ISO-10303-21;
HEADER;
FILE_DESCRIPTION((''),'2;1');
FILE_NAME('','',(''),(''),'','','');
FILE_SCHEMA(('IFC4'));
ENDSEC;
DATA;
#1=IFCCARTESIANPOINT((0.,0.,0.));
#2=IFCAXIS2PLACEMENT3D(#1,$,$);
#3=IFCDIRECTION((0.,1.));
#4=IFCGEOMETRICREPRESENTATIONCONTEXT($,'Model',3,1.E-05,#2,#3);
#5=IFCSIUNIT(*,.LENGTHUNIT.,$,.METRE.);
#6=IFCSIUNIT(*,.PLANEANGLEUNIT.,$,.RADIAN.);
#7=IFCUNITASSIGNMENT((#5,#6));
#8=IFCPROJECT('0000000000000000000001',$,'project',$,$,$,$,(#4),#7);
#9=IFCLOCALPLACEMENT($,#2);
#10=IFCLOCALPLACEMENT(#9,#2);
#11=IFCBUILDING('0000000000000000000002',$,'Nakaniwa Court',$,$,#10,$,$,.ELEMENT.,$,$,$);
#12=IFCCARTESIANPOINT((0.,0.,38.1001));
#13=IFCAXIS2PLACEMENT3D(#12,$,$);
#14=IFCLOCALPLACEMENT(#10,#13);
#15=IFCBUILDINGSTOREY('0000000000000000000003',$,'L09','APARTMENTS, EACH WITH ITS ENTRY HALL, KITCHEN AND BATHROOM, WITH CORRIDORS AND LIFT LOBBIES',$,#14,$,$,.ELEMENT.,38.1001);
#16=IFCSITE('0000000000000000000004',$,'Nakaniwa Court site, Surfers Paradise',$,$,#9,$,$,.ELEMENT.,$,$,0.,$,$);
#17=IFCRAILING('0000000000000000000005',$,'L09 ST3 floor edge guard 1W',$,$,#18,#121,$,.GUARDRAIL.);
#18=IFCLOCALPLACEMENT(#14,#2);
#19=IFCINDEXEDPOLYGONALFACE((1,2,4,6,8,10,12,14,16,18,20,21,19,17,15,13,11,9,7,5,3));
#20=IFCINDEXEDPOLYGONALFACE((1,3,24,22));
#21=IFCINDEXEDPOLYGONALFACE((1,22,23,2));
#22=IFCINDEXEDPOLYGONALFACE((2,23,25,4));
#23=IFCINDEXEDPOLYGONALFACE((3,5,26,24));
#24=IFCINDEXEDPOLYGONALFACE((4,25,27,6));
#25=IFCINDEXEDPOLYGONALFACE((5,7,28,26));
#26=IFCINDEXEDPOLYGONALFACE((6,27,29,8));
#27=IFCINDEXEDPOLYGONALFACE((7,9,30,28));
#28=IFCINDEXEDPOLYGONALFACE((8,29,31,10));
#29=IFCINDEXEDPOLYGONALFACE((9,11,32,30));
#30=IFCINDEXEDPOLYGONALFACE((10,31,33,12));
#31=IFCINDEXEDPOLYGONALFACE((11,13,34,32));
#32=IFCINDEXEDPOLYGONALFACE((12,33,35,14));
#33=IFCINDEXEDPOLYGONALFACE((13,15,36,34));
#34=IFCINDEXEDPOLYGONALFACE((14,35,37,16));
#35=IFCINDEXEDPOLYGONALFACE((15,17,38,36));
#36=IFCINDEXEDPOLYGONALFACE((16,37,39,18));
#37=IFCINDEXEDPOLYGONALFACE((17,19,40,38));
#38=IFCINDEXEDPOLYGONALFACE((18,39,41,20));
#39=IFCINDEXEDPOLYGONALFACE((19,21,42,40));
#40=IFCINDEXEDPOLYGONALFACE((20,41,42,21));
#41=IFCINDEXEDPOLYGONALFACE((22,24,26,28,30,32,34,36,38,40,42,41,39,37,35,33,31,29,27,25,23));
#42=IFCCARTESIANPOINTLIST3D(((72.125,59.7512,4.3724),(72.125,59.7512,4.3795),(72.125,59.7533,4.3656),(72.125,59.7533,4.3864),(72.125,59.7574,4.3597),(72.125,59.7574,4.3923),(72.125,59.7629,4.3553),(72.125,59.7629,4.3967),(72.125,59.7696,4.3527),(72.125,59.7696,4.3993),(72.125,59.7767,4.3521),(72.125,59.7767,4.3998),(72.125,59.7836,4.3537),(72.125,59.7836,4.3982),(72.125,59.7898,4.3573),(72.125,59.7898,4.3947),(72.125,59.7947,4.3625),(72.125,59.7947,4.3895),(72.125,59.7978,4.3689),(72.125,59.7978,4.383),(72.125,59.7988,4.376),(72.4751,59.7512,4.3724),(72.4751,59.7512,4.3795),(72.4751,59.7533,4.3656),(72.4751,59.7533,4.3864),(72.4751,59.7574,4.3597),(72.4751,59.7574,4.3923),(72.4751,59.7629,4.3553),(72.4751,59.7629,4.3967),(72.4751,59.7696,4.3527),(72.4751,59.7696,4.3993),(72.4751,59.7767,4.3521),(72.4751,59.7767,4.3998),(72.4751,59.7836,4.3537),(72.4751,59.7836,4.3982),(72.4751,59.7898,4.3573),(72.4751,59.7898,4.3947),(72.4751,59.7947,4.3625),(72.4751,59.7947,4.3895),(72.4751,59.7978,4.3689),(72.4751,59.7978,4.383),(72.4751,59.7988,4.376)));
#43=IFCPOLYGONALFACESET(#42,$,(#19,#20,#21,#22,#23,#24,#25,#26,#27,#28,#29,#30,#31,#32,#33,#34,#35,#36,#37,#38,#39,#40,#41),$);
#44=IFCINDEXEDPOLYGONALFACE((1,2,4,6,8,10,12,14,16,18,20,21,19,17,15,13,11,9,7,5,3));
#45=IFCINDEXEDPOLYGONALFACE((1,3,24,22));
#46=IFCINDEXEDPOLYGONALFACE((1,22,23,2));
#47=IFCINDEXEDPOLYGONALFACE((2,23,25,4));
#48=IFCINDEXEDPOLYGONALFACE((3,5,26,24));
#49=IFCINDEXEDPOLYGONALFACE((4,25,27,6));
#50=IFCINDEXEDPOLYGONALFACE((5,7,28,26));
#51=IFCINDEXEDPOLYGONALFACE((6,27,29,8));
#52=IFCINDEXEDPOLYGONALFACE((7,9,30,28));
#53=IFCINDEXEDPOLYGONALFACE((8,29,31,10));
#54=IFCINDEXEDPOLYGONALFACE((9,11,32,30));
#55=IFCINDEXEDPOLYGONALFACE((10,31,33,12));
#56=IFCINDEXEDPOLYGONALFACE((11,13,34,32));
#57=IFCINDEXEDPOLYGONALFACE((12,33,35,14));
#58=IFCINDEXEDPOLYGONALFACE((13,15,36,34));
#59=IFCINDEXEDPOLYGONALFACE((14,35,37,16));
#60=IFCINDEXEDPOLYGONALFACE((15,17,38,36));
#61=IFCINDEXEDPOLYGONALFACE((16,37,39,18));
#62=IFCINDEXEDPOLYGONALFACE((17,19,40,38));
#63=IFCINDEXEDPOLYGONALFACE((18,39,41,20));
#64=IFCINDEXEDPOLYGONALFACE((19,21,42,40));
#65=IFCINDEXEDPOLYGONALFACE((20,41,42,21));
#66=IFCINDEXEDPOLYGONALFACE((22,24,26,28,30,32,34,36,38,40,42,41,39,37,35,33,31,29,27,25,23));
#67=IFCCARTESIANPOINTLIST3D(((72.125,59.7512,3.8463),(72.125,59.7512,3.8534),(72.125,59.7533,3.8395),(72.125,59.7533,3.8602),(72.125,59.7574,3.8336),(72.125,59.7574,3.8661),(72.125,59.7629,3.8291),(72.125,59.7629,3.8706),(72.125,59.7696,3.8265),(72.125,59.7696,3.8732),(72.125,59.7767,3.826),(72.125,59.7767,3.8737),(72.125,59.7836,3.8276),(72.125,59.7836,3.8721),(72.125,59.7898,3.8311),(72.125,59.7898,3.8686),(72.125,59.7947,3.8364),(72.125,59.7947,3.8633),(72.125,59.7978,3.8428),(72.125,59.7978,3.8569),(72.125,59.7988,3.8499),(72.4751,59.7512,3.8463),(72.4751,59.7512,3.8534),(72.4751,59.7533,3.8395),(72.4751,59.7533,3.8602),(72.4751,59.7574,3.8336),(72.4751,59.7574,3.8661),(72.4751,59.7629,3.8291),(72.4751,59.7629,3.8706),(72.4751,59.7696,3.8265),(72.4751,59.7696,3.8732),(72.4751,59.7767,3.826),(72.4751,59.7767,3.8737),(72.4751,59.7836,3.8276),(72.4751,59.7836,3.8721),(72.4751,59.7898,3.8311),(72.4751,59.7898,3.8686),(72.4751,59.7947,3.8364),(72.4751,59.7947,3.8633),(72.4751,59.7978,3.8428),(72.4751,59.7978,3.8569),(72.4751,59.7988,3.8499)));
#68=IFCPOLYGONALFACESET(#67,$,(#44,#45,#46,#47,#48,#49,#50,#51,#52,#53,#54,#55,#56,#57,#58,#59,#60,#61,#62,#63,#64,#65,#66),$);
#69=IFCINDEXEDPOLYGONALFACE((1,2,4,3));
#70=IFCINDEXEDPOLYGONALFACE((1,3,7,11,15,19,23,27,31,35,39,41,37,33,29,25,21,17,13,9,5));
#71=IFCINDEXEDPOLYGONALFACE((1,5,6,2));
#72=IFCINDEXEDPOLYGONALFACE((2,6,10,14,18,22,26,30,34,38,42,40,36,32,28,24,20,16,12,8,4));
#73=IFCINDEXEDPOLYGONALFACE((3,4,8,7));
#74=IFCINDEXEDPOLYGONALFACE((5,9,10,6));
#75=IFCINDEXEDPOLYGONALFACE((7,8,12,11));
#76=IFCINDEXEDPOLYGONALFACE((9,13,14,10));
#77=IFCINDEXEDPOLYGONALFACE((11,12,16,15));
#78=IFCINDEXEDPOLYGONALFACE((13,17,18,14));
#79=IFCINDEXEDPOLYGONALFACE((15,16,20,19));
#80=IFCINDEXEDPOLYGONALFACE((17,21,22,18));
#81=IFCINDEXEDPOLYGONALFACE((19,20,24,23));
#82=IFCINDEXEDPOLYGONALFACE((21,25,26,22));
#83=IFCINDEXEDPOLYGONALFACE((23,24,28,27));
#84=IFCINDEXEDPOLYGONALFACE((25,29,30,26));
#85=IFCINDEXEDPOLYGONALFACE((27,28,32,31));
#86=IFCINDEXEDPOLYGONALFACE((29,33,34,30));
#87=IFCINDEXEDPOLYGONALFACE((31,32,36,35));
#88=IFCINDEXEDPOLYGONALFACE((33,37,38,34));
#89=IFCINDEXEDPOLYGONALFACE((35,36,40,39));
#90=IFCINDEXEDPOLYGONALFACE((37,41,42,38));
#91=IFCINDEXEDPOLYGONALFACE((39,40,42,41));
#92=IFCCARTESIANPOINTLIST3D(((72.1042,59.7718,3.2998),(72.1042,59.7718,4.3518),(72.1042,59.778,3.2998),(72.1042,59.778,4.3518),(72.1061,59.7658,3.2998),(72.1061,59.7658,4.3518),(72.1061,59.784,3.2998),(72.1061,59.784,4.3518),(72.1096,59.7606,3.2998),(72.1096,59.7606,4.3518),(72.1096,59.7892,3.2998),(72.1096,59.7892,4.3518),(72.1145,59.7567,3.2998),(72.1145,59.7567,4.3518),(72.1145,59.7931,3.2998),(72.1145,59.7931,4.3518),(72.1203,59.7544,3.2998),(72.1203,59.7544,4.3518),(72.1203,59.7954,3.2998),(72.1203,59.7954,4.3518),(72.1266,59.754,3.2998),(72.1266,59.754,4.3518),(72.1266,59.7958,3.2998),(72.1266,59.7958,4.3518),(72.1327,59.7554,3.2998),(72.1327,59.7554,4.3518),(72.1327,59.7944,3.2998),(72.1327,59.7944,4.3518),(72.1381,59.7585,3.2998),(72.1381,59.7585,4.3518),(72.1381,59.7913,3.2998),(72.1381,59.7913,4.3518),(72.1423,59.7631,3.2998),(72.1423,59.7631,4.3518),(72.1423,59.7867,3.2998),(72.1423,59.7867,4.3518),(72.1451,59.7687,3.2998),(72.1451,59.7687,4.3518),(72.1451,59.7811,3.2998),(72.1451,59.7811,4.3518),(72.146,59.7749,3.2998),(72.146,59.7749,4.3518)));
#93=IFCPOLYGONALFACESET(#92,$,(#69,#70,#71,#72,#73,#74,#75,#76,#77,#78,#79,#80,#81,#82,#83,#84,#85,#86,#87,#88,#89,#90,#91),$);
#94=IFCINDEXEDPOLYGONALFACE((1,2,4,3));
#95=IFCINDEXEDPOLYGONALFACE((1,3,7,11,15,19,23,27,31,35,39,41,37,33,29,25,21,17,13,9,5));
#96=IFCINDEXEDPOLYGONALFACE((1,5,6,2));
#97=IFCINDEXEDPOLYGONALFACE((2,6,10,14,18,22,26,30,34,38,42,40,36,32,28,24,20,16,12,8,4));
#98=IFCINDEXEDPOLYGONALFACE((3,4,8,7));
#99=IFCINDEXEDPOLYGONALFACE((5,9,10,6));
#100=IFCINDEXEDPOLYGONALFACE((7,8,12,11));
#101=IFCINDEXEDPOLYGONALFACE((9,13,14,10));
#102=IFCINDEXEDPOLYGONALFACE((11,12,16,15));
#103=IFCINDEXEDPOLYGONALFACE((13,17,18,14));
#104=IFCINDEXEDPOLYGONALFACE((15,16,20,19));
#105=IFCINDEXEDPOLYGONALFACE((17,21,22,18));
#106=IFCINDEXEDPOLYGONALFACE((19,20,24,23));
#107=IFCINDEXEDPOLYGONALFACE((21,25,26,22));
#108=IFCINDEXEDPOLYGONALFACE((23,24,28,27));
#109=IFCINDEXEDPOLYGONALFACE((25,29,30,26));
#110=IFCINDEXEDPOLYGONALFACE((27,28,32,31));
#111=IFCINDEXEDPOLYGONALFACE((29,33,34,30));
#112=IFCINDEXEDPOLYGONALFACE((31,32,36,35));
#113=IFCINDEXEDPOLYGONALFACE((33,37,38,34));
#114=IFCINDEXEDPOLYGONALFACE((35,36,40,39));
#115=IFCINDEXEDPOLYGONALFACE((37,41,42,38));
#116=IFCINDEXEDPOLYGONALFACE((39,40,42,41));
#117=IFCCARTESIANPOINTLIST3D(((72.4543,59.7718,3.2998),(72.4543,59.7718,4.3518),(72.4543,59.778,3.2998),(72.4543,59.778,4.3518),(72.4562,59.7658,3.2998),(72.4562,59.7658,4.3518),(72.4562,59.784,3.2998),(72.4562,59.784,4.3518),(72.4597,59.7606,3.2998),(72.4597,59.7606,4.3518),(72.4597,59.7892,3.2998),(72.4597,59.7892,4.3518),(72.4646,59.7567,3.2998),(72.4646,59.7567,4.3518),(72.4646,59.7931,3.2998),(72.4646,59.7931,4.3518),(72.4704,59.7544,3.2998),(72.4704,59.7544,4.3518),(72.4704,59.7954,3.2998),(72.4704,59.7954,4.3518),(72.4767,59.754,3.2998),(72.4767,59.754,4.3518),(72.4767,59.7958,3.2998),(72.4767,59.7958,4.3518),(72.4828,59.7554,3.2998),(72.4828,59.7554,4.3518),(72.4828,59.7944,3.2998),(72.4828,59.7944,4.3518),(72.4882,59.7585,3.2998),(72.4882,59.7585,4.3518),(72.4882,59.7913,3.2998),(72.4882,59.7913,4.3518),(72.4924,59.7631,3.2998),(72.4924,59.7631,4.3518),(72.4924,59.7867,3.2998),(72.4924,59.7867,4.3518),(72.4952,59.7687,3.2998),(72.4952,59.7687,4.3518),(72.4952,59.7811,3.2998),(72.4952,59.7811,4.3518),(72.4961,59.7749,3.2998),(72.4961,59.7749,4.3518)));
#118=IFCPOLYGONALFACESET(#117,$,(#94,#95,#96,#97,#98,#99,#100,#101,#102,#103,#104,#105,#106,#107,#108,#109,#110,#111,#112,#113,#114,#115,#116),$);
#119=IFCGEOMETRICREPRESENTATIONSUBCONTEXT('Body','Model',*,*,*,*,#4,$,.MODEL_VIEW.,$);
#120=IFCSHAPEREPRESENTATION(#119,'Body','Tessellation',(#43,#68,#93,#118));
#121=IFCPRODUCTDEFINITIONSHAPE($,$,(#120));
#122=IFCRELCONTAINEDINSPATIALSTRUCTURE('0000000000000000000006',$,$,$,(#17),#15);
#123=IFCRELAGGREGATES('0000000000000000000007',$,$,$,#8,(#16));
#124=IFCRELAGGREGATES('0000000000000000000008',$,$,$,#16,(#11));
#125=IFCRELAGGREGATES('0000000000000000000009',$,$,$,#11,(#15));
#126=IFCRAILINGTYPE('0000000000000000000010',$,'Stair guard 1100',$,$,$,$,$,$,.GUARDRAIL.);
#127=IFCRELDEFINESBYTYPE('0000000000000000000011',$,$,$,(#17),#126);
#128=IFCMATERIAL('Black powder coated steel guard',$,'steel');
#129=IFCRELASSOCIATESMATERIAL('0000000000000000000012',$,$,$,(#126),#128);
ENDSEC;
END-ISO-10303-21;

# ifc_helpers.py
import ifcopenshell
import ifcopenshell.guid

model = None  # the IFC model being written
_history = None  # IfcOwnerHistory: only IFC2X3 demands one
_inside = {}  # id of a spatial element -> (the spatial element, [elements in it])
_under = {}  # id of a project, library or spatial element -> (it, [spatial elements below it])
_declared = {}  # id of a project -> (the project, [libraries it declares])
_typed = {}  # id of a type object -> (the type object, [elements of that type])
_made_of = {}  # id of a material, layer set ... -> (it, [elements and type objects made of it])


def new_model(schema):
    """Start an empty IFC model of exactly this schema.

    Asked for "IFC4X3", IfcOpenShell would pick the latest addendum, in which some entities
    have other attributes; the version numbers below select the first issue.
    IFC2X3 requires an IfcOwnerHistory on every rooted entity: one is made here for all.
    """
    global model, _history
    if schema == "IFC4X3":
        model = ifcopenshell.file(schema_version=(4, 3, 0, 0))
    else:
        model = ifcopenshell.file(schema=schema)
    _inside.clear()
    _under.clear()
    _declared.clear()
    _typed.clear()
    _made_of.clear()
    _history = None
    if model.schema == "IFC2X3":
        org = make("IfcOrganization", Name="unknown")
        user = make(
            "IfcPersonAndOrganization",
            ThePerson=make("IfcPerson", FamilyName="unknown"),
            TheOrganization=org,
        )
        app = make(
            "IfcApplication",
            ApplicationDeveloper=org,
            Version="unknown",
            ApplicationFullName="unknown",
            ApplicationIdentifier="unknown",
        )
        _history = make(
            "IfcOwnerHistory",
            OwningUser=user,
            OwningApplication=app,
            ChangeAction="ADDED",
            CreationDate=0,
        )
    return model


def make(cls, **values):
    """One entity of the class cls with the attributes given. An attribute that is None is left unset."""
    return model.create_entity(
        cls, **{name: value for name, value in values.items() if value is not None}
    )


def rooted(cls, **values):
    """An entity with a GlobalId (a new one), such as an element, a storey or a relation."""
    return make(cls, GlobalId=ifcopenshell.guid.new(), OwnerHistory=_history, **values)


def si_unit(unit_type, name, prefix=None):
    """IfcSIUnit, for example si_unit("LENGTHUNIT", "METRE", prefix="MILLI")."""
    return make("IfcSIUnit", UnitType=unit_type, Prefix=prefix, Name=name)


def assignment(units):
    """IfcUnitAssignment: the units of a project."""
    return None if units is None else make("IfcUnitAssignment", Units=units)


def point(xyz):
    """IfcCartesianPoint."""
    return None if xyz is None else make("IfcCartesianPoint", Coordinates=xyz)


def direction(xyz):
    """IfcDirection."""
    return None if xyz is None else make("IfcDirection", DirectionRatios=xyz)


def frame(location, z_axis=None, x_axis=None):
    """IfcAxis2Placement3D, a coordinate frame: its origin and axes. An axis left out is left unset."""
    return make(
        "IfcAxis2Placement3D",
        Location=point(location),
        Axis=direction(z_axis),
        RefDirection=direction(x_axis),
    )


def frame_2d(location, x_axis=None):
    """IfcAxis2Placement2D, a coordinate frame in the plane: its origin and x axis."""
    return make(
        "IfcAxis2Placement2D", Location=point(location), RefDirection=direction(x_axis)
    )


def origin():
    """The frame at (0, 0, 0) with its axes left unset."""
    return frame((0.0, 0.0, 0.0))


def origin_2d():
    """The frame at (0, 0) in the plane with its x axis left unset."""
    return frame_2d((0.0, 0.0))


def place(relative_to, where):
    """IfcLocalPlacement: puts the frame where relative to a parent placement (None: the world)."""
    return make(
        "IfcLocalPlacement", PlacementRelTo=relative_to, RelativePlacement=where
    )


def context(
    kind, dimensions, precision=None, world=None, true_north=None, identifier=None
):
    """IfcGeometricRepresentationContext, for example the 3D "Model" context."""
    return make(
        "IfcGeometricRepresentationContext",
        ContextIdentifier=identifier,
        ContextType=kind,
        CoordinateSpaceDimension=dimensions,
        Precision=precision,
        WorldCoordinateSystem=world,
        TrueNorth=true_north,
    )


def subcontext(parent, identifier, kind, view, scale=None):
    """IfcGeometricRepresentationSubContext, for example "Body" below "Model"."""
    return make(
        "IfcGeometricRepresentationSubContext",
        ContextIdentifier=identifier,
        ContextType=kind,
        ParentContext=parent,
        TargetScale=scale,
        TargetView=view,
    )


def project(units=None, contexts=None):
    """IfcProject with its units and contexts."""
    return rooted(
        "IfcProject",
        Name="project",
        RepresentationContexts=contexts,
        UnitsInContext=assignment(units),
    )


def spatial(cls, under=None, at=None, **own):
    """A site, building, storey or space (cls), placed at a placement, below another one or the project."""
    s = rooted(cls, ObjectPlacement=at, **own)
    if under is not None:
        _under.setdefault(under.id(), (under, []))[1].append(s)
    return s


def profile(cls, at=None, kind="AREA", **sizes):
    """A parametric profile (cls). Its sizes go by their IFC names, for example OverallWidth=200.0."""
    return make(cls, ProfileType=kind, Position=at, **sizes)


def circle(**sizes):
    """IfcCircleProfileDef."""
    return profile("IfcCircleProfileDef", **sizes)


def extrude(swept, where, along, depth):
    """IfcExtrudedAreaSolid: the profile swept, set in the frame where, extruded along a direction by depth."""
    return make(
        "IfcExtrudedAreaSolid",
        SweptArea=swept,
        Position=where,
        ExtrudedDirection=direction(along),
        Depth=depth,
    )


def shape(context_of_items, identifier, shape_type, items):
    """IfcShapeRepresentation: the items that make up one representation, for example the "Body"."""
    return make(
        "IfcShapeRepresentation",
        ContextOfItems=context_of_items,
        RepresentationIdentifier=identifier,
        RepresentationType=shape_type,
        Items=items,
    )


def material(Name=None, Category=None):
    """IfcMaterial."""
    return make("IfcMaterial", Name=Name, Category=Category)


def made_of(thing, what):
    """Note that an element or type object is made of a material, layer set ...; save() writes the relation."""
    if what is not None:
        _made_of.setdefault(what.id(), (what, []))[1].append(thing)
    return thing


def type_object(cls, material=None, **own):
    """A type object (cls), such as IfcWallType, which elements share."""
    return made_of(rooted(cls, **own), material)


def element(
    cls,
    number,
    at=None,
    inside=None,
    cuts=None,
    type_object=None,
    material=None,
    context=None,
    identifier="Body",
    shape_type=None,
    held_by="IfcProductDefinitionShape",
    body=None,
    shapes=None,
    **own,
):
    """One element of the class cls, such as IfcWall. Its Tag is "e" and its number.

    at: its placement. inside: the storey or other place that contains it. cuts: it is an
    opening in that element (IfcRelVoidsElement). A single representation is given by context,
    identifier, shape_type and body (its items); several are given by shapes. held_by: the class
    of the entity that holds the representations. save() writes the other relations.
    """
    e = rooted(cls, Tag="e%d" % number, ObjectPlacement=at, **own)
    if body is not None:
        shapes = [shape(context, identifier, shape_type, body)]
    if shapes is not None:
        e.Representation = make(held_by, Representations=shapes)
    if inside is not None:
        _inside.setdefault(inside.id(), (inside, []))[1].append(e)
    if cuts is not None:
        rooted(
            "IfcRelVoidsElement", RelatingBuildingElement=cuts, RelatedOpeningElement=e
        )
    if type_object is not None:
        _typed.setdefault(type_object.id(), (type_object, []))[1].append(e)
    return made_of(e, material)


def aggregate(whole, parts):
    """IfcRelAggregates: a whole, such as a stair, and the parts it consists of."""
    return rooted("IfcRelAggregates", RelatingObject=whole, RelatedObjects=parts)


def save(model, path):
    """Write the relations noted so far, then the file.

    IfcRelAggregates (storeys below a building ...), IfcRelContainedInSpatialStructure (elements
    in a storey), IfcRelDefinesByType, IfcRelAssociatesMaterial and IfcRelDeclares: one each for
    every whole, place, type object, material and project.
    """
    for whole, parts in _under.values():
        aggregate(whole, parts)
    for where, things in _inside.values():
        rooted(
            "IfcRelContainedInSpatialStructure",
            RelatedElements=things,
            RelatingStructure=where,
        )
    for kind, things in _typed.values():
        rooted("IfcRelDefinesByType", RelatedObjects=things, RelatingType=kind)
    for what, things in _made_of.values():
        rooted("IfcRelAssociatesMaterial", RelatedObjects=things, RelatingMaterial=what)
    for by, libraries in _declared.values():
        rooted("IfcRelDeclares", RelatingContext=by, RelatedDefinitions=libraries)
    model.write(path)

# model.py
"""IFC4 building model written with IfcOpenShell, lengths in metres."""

from ifc_helpers import new_model, si_unit, direction, frame, origin, origin_2d, place, context, subcontext, project, spatial, circle, extrude, material, type_object, element, save


model = new_model("IFC4")

# Units and contexts
model_context = context("Model", 3, precision=1e-05, world=origin(), true_north=direction((0.0, 1.0)))
body_context = subcontext(model_context, "Body", "Model", "MODEL_VIEW")
ifc_project = project(units=[si_unit("LENGTHUNIT", "METRE"), si_unit("PLANEANGLEUNIT", "RADIAN")], contexts=[model_context])

# Site, building, storey
site_placement = place(None, origin())
site = spatial("IfcSite", under=ifc_project, at=site_placement, Name="Nakaniwa Court site, Surfers Paradise", CompositionType="ELEMENT", RefElevation=0.0)
building_placement = place(site_placement, origin())
building = spatial("IfcBuilding", under=site, at=building_placement, Name="Nakaniwa Court", CompositionType="ELEMENT")
storey_placement = place(building_placement, frame((0.0, 0.0, 38.1001)))
storey = spatial("IfcBuildingStorey", under=building, at=storey_placement, Name="L09", Description="APARTMENTS, EACH WITH ITS ENTRY HALL, KITCHEN AND BATHROOM, WITH CORRIDORS AND LIFT LOBBIES", CompositionType="ELEMENT", Elevation=38.1001)

# Railing
ifc_material_1 = material(Name="Black powder coated steel guard", Category="steel")
railing_type_1 = type_object("IfcRailingType", Name="Stair guard 1100", PredefinedType="GUARDRAIL", material=ifc_material_1)
for number, where, name in (
    (1, (72.125, 59.7749, 3.2998), "L09 ST3 floor edge guard 1W"),
):
    element("IfcRailing", number, at=place(storey_placement, frame(where)), inside=storey, type_object=railing_type_1, Name=name, PredefinedType="GUARDRAIL", context=body_context, shape_type="SweptSolid", body=[
        extrude(circle(Radius=0.0239, at=origin_2d()), frame((0.0, 0.0, 1.0762), z_axis=(1.0, 0.0, 0.0), x_axis=(0.0, 1.0, 0.0)), (0.0, 0.0, 1.0), 0.3501),
        extrude(circle(Radius=0.0239, at=origin_2d()), frame((0.0, 0.0, 0.55), z_axis=(1.0, 0.0, 0.0), x_axis=(0.0, 1.0, 0.0)), (0.0, 0.0, 1.0), 0.3501),
        extrude(circle(Radius=0.021, at=origin_2d()), origin(), (0.0, 0.0, 1.0), 1.052),
        extrude(circle(Radius=0.021, at=origin_2d()), frame((0.3501, 0.0, 0.0)), (0.0, 0.0, 1.0), 1.052),
    ])

save(model, "model.ifc")
